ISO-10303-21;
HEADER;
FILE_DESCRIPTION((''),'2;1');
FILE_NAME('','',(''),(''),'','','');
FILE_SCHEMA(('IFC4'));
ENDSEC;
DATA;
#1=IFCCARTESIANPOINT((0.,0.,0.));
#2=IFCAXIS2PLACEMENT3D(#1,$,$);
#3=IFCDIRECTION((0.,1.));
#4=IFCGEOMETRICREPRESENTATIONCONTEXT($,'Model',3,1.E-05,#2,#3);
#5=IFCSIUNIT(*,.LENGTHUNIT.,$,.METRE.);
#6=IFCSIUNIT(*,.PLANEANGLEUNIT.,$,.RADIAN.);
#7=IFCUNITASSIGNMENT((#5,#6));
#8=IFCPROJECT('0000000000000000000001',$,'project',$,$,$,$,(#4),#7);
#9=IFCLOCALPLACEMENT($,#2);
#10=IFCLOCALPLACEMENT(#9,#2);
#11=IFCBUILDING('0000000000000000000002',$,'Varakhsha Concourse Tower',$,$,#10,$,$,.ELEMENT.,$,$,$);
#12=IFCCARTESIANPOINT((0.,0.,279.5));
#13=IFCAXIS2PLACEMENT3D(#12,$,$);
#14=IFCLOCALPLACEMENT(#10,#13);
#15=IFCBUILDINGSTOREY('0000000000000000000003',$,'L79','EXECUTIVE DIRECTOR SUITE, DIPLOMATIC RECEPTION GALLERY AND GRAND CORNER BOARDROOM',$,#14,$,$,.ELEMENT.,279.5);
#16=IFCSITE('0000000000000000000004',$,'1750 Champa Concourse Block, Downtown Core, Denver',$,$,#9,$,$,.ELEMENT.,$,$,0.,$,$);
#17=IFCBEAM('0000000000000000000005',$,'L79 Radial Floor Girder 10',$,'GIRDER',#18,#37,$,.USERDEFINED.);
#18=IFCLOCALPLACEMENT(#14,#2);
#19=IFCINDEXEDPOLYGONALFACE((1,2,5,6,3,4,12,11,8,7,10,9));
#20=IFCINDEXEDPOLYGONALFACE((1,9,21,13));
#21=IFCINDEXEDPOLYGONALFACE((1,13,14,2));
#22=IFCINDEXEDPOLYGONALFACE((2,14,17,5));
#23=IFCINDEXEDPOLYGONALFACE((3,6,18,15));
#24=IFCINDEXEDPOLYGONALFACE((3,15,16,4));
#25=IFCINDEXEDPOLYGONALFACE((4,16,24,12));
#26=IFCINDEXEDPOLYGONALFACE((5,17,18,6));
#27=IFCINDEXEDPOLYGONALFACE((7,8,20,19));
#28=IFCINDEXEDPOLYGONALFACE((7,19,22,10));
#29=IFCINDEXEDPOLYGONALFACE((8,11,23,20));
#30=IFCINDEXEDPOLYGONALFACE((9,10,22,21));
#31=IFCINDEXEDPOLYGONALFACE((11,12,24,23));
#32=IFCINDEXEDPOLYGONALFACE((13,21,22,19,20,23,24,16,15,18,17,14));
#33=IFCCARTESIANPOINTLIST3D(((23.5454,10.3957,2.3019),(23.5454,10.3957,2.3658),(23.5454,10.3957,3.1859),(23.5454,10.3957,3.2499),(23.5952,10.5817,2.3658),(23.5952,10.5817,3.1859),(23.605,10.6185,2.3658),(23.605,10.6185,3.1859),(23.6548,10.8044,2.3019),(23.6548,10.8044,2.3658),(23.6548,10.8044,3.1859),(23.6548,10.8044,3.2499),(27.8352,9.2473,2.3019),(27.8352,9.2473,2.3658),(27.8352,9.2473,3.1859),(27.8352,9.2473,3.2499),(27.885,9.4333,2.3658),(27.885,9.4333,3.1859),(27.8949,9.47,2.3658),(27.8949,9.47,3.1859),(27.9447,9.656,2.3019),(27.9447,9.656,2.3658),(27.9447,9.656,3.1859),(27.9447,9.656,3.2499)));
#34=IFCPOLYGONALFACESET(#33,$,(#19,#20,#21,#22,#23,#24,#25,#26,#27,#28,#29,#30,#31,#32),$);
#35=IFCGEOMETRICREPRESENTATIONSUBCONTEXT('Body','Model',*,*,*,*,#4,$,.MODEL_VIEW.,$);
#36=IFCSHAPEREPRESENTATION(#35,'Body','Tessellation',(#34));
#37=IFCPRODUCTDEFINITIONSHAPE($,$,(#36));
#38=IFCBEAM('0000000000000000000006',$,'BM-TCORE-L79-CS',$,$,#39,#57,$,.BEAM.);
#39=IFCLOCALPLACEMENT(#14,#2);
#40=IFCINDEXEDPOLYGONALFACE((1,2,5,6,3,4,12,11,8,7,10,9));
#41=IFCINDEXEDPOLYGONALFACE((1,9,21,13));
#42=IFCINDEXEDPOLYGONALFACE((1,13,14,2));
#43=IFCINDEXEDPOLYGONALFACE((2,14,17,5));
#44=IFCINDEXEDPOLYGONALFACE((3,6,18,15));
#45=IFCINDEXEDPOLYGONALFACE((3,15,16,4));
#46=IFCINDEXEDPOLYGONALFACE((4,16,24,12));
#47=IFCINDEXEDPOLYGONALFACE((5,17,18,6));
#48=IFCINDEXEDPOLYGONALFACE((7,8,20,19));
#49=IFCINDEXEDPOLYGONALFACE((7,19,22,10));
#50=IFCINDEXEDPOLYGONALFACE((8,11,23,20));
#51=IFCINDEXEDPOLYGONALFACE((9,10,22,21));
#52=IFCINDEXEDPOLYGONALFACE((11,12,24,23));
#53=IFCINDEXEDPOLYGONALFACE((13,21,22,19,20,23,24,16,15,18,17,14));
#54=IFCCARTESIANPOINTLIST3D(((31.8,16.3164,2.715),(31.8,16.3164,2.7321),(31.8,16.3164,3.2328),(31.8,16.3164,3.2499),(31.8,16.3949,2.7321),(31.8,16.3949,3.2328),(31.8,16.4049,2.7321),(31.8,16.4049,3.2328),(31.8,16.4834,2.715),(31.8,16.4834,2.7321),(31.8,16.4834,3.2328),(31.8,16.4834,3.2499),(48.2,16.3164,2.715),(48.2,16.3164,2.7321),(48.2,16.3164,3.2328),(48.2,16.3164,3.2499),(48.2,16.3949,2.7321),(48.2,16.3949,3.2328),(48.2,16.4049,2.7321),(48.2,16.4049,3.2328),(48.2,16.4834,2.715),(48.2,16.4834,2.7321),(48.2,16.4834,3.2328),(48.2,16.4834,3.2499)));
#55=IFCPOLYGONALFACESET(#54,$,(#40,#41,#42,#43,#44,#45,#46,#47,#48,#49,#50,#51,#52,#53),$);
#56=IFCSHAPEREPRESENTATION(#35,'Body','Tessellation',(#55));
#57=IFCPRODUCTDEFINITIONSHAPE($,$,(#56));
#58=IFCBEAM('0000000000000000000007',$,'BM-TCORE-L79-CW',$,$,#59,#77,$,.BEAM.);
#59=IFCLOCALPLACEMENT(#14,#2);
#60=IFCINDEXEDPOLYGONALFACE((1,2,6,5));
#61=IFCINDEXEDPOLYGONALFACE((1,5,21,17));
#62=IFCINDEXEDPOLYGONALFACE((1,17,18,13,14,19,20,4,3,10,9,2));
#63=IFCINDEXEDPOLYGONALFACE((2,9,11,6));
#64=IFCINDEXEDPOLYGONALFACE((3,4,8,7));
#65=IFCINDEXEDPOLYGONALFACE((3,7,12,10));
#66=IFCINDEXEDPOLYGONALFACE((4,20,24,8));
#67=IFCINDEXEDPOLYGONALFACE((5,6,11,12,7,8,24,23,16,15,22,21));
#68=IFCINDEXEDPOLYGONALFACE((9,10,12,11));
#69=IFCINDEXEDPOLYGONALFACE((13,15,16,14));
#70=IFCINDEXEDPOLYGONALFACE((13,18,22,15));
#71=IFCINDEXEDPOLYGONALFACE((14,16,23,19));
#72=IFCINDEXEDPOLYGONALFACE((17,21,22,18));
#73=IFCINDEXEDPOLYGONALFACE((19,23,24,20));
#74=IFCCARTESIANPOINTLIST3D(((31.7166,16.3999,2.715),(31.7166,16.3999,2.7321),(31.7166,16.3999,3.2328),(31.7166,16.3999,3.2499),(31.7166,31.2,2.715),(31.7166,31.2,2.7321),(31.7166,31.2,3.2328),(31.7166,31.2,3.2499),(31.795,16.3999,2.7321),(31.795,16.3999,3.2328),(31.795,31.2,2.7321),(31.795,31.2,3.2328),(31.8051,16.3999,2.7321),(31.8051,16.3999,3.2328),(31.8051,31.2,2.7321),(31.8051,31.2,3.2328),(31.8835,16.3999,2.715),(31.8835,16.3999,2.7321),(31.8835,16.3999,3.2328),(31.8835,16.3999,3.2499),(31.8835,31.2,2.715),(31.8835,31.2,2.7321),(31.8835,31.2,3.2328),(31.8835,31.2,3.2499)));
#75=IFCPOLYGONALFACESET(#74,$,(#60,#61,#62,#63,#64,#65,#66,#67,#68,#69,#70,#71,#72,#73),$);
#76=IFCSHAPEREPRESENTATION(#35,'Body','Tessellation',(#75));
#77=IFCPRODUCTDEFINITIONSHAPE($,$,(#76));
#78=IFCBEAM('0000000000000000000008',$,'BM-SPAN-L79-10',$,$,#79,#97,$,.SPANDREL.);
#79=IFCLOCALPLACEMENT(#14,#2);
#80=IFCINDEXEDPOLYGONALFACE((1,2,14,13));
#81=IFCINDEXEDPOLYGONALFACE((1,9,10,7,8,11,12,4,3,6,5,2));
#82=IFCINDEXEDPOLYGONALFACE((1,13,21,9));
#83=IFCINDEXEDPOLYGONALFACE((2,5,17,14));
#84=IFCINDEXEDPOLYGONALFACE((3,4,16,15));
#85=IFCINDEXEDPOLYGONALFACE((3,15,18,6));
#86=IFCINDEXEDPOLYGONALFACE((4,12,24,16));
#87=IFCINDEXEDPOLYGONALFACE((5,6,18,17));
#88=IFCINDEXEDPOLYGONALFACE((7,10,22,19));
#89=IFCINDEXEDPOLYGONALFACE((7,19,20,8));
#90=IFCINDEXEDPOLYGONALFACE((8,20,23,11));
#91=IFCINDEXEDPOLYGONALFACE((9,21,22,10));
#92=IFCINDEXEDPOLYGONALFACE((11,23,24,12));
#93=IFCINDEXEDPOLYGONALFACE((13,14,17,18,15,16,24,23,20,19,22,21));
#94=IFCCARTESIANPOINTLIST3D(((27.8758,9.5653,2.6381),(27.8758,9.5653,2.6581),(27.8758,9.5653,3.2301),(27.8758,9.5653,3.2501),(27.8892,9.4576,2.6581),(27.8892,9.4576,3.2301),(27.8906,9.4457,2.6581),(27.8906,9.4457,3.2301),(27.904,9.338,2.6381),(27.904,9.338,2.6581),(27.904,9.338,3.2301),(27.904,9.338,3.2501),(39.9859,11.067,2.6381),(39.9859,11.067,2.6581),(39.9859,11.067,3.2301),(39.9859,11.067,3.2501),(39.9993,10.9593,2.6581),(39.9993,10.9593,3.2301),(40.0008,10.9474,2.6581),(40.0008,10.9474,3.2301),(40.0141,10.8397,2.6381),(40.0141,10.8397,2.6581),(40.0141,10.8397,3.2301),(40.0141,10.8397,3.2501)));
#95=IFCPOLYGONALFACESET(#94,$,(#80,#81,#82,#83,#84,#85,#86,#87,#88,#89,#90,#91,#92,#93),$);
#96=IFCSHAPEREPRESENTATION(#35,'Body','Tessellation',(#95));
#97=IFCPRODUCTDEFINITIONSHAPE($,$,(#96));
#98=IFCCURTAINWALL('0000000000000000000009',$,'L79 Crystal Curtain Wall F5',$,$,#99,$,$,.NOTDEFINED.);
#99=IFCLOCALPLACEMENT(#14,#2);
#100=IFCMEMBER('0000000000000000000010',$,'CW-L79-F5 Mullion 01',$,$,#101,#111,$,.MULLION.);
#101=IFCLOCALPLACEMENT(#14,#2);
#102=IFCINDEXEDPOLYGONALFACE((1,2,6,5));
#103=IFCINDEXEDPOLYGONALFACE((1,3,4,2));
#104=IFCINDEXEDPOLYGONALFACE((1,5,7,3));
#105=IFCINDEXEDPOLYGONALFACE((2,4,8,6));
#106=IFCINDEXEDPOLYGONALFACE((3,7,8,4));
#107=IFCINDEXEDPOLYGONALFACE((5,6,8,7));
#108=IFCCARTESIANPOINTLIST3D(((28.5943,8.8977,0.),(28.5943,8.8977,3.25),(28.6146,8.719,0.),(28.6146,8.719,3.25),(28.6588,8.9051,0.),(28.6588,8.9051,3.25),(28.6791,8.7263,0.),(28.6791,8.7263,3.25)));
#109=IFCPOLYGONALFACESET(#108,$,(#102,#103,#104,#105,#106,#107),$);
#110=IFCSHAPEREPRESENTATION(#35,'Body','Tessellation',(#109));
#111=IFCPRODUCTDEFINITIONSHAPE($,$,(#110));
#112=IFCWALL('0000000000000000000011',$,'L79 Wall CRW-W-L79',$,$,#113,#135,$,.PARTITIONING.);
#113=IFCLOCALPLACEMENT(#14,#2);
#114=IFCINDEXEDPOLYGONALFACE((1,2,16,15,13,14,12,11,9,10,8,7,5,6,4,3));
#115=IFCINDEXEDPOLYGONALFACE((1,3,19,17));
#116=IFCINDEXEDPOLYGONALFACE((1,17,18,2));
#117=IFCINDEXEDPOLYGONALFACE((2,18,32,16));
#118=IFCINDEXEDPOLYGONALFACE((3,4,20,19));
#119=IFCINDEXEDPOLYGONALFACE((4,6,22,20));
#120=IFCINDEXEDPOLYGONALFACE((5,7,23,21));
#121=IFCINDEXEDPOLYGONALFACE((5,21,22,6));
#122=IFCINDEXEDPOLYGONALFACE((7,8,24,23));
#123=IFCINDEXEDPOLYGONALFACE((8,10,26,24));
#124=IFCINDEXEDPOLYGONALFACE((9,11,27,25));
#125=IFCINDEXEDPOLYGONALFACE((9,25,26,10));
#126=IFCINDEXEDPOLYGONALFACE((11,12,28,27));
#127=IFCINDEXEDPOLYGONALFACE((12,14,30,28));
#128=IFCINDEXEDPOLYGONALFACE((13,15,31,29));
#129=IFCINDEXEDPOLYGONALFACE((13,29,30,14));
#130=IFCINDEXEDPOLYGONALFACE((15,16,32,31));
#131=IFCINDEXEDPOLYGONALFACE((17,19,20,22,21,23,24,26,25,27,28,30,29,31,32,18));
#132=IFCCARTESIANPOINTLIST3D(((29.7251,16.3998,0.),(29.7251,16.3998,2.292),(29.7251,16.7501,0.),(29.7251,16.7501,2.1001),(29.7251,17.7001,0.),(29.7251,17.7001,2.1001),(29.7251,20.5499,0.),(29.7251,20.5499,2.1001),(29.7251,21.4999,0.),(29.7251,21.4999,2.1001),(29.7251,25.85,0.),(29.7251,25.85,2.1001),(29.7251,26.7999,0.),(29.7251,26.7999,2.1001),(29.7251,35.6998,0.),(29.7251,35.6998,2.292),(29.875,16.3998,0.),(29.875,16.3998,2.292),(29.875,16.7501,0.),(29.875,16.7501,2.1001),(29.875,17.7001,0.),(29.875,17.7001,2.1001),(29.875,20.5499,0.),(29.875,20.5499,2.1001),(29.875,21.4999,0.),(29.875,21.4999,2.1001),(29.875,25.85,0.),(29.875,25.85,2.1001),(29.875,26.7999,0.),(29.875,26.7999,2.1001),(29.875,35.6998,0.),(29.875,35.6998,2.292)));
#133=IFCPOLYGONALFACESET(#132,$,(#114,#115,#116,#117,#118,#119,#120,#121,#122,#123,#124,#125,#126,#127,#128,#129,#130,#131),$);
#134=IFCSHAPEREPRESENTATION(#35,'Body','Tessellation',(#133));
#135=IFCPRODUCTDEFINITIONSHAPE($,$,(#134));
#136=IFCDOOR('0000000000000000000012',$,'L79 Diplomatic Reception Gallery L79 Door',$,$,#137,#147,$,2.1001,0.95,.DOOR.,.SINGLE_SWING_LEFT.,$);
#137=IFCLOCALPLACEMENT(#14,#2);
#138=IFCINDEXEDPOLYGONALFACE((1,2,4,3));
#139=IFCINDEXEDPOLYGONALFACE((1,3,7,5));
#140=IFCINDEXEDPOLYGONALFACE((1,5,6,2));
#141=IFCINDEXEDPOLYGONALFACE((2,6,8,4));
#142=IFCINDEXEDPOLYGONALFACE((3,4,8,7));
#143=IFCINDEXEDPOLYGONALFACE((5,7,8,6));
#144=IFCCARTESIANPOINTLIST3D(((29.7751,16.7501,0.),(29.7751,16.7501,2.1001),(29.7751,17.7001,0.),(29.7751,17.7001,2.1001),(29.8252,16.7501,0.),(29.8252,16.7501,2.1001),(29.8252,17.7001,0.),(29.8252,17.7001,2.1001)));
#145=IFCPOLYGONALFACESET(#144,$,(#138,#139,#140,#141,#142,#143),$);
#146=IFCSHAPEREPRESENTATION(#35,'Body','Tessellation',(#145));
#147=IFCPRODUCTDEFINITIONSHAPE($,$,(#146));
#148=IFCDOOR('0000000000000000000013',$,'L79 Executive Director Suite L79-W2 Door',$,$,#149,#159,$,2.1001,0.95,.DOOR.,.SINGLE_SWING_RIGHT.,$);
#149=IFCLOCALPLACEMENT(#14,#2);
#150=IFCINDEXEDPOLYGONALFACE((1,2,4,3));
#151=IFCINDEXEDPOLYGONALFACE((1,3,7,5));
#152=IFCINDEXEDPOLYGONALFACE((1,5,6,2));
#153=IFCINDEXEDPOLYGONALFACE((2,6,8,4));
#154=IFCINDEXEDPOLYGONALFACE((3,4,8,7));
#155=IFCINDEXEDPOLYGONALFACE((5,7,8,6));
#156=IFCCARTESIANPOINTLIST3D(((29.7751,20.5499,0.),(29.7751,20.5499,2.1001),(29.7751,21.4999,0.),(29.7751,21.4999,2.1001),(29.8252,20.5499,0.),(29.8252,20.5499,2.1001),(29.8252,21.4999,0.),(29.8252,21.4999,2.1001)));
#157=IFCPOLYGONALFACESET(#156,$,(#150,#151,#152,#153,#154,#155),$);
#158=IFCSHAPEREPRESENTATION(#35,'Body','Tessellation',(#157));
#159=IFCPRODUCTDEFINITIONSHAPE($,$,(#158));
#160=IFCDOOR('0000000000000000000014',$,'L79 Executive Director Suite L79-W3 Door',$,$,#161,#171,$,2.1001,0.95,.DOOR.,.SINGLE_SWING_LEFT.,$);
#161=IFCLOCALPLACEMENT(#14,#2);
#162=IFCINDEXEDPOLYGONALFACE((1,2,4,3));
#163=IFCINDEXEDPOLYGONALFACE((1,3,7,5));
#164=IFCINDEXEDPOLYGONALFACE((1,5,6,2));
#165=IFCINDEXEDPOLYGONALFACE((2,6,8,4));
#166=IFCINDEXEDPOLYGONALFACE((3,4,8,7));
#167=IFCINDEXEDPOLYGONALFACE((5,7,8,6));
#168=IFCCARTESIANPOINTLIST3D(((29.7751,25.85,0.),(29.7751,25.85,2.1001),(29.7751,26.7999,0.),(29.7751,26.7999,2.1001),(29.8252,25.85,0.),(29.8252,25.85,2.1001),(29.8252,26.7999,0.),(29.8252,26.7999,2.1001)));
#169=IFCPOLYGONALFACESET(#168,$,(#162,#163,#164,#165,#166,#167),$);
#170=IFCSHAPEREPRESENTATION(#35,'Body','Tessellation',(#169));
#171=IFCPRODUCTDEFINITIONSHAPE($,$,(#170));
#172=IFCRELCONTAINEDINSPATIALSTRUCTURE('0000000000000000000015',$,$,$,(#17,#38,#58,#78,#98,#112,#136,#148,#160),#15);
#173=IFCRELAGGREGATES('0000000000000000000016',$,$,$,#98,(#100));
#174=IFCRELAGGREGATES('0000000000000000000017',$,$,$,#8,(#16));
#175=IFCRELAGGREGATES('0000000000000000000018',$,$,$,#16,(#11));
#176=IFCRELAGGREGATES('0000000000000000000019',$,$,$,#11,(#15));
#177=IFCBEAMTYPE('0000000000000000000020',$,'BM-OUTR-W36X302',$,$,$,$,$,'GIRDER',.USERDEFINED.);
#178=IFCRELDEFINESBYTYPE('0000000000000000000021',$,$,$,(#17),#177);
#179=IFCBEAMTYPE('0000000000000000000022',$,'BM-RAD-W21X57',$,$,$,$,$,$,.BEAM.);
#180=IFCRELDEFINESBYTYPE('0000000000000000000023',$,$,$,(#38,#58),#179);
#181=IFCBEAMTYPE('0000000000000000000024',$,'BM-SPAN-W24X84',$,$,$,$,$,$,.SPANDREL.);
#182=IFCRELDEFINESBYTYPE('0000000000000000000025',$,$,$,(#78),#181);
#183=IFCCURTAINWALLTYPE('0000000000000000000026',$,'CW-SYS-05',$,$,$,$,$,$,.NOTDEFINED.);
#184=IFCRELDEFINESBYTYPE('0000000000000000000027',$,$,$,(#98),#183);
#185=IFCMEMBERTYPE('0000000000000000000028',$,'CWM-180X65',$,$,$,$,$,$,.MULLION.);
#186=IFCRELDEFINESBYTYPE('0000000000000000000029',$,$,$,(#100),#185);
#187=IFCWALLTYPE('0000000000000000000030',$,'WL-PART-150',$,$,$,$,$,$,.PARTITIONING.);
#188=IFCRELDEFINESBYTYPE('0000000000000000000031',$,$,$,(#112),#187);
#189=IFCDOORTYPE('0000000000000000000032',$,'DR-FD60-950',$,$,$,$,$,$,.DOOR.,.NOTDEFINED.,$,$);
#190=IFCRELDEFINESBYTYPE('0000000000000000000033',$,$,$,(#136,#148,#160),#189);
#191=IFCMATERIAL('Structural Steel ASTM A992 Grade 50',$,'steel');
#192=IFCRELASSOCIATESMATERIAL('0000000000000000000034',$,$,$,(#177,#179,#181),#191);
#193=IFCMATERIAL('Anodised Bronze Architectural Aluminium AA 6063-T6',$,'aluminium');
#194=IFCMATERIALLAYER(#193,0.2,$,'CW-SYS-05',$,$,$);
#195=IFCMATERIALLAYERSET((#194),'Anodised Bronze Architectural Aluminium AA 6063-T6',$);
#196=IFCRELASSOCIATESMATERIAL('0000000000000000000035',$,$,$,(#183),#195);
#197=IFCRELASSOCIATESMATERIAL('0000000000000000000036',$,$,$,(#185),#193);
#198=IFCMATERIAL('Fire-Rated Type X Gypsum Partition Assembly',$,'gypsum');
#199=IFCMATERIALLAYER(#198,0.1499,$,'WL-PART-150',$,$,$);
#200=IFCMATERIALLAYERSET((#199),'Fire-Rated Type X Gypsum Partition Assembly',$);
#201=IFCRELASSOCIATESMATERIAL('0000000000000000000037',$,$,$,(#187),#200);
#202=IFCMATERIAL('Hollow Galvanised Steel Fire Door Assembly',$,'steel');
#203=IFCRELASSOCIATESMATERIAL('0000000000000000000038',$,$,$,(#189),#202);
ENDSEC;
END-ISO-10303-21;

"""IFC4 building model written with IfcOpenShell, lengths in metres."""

from ifc_helpers import new_model, si_unit, direction, frame, frame_2d, origin, origin_2d, place, context, subcontext, project, spatial, rectangle, i_section, extrude, source, transform, mapped, material, layer, layer_set, material_profile, profile_set, type_object, type_shapes, element, fill, aggregate, save


model = new_model("IFC4")

# Units and contexts
model_context = context("Model", 3, precision=1e-05, world=origin(), true_north=direction((0.0, 1.0)))
body_context = subcontext(model_context, "Body", "Model", "MODEL_VIEW")
ifc_project = project(units=[si_unit("LENGTHUNIT", "METRE"), si_unit("PLANEANGLEUNIT", "RADIAN")], contexts=[model_context])

# Site, building, storey
site_placement = place(None, origin())
site = spatial("IfcSite", under=ifc_project, at=site_placement, Name="1750 Champa Concourse Block, Downtown Core, Denver", CompositionType="ELEMENT", RefElevation=0.0)
building_placement = place(site_placement, origin())
building = spatial("IfcBuilding", under=site, at=building_placement, Name="Varakhsha Concourse Tower", CompositionType="ELEMENT")
storey_placement = place(building_placement, frame((0.0, 0.0, 279.5)))
storey = spatial("IfcBuildingStorey", under=building, at=storey_placement, Name="L79", Description="EXECUTIVE DIRECTOR SUITE, DIPLOMATIC RECEPTION GALLERY AND GRAND CORNER BOARDROOM", CompositionType="ELEMENT", Elevation=279.5)

# Shared definitions
ifc_material_1 = material(Name="Structural Steel ASTM A992 Grade 50", Category="steel")

# Beams
ifc_material_profile_1 = material_profile(ifc_material_1, i_section(OverallWidth=0.4231, OverallDepth=0.948, WebThickness=0.0381, FlangeThickness=0.064, at=origin_2d()), Name="W36X302")
ifc_profile_set_1 = profile_set([ifc_material_profile_1], Name="Structural Steel ASTM A992 Grade 50")
beam_type_1 = type_object("IfcBeamType", Name="BM-OUTR-W36X302", ElementType="GIRDER", PredefinedType="USERDEFINED", material=ifc_profile_set_1)
beam_1_placement = place(storey_placement, frame((23.6001, 10.6001, 2.7759), z_axis=(0.965983, -0.258607, 0.0), x_axis=(0.258607, 0.965983, 0.0)))
element("IfcBeam", 1, at=beam_1_placement, inside=storey, type_object=beam_type_1, Name="L79 Radial Floor Girder 10", ObjectType="GIRDER", PredefinedType="USERDEFINED", context=body_context, shape_type="SweptSolid", body=[
    extrude(i_section(OverallWidth=0.4231, OverallDepth=0.948, WebThickness=0.0381, FlangeThickness=0.064, at=origin_2d()), origin(), (0.0, 0.0, 1.0), 4.4409),
])
ifc_material_profile_2 = material_profile(ifc_material_1, i_section(OverallWidth=0.167, OverallDepth=0.5349, WebThickness=0.01, FlangeThickness=0.0171, at=origin_2d()), Name="W21X57")
ifc_profile_set_2 = profile_set([ifc_material_profile_2], Name="Structural Steel ASTM A992 Grade 50")
beam_type_2 = type_object("IfcBeamType", Name="BM-RAD-W21X57", PredefinedType="BEAM", material=ifc_profile_set_2)
beam_2_placement = place(storey_placement, frame((31.8, 16.3999, 2.9824), z_axis=(1.0, 0.0, 0.0), x_axis=(0.0, 1.0, 0.0)))
element("IfcBeam", 2, at=beam_2_placement, inside=storey, type_object=beam_type_2, Name="BM-TCORE-L79-CS", PredefinedType="BEAM", context=body_context, shape_type="SweptSolid", body=[
    extrude(i_section(OverallWidth=0.167, OverallDepth=0.5349, WebThickness=0.01, FlangeThickness=0.0171, at=origin_2d()), origin(), (0.0, 0.0, 1.0), 16.3999),
])
beam_3_placement = place(storey_placement, frame((31.8, 16.3999, 2.9824), z_axis=(0.0, 1.0, 0.0), x_axis=(-1.0, 0.0, 0.0)))
element("IfcBeam", 3, at=beam_3_placement, inside=storey, type_object=beam_type_2, Name="BM-TCORE-L79-CW", PredefinedType="BEAM", context=body_context, shape_type="SweptSolid", body=[
    extrude(i_section(OverallWidth=0.167, OverallDepth=0.5349, WebThickness=0.01, FlangeThickness=0.0171, at=origin_2d()), origin(), (0.0, 0.0, 1.0), 14.8),
])
ifc_material_profile_3 = material_profile(ifc_material_1, i_section(OverallWidth=0.229, OverallDepth=0.6121, WebThickness=0.012, FlangeThickness=0.02, at=origin_2d()), Name="W24X84")
ifc_profile_set_3 = profile_set([ifc_material_profile_3], Name="Structural Steel ASTM A992 Grade 50")
beam_type_3 = type_object("IfcBeamType", Name="BM-SPAN-W24X84", PredefinedType="SPANDREL", material=ifc_profile_set_3)
beam_4_placement = place(storey_placement, frame((27.8899, 9.4517, 2.9441), z_axis=(0.992399, 0.123062, 0.0), x_axis=(-0.123062, 0.992399, 0.0)))
element("IfcBeam", 4, at=beam_4_placement, inside=storey, type_object=beam_type_3, Name="BM-SPAN-L79-10", PredefinedType="SPANDREL", context=body_context, shape_type="SweptSolid", body=[
    extrude(i_section(OverallWidth=0.229, OverallDepth=0.6121, WebThickness=0.012, FlangeThickness=0.02, at=origin_2d()), origin(), (0.0, 0.0, 1.0), 12.2029),
])

# Curtain wall, member
ifc_material_2 = material(Name="Anodised Bronze Architectural Aluminium AA 6063-T6", Category="aluminium")
ifc_layer_1 = layer(ifc_material_2, 0.2, Name="CW-SYS-05")
ifc_layer_set_1 = layer_set([ifc_layer_1], Name="Anodised Bronze Architectural Aluminium AA 6063-T6")
curtain_wall_type = type_object("IfcCurtainWallType", Name="CW-SYS-05", PredefinedType="NOTDEFINED", material=ifc_layer_set_1)
curtain_wall_placement = place(storey_placement, origin())
curtain_wall = element("IfcCurtainWall", 5, at=curtain_wall_placement, inside=storey, type_object=curtain_wall_type, Name="L79 Crystal Curtain Wall F5", PredefinedType="NOTDEFINED")
ifc_material_profile_4 = material_profile(ifc_material_2, rectangle(XDim=0.0649, YDim=0.1799, at=origin_2d()), Name="CWM-180X65")
ifc_profile_set_4 = profile_set([ifc_material_profile_4], Name="Anodised Bronze Architectural Aluminium AA 6063-T6")
member_type = type_object("IfcMemberType", Name="CWM-180X65", PredefinedType="MULLION", material=ifc_profile_set_4)
shared_shape = source(origin(), body_context, "Body", "SweptSolid", [
    extrude(rectangle(XDim=0.0649, YDim=0.1799, at=origin_2d()), origin(), (0.0, 0.0, 1.0), 3.25),
])
type_shapes(member_type, [shared_shape])
member_placement = place(storey_placement, frame((28.6367, 8.812, 0.0), z_axis=(0.0, 0.0, 1.0), x_axis=(-0.993613, -0.112844, 0.0)))
member = element("IfcMember", 6, at=member_placement, type_object=member_type, Name="CW-L79-F5 Mullion 01", PredefinedType="MULLION", context=body_context, shape_type="MappedRepresentation", body=[
    mapped(shared_shape, transform((0.0, 0.0, 0.0), scale=1.0)),
])
aggregate(curtain_wall, [member])

# Wall, openings, doors
ifc_material_3 = material(Name="Fire-Rated Type X Gypsum Partition Assembly", Category="gypsum")
ifc_layer_2 = layer(ifc_material_3, 0.1499, Name="WL-PART-150")
ifc_layer_set_2 = layer_set([ifc_layer_2], Name="Fire-Rated Type X Gypsum Partition Assembly")
wall_type = type_object("IfcWallType", Name="WL-PART-150", PredefinedType="PARTITIONING", material=ifc_layer_set_2)
wall_1_placement = place(storey_placement, frame((29.8, 16.3999, 0.0), z_axis=(0.0, 0.0, 1.0), x_axis=(0.0, 1.0, 0.0)))
wall_1 = element("IfcWall", 7, at=wall_1_placement, inside=storey, type_object=wall_type, Name="L79 Wall CRW-W-L79", PredefinedType="PARTITIONING", context=body_context, shape_type="SweptSolid", body=[
    extrude(rectangle(XDim=19.3, YDim=0.1499, at=frame_2d((9.6499, 0.0))), origin(), (0.0, 0.0, 1.0), 2.292),
])
opening_1_placement = place(wall_1_placement, frame((0.3501, 0.0, 0.0)))
opening_1 = element("IfcOpeningElement", 8, at=opening_1_placement, cuts=wall_1, PredefinedType="OPENING", context=body_context, shape_type="SweptSolid", body=[
    extrude(rectangle(XDim=0.95, YDim=2.1001, at=frame_2d((0.4751, 1.05))), frame((0.0, 0.085, 0.0), z_axis=(0.0, -1.0, 0.0), x_axis=(1.0, 0.0, 0.0)), (0.0, 0.0, 1.0), 0.1699),
])
opening_2_placement = place(wall_1_placement, frame((4.1499, 0.0, 0.0)))
opening_2 = element("IfcOpeningElement", 9, at=opening_2_placement, cuts=wall_1, PredefinedType="OPENING", context=body_context, shape_type="SweptSolid", body=[
    extrude(rectangle(XDim=0.95, YDim=2.1001, at=frame_2d((0.4751, 1.05))), frame((0.0, 0.085, 0.0), z_axis=(0.0, -1.0, 0.0), x_axis=(1.0, 0.0, 0.0)), (0.0, 0.0, 1.0), 0.1699),
])
opening_3_placement = place(wall_1_placement, frame((9.45, 0.0, 0.0)))
opening_3 = element("IfcOpeningElement", 10, at=opening_3_placement, cuts=wall_1, PredefinedType="OPENING", context=body_context, shape_type="SweptSolid", body=[
    extrude(rectangle(XDim=0.95, YDim=2.1001, at=frame_2d((0.4751, 1.05))), frame((0.0, 0.085, 0.0), z_axis=(0.0, -1.0, 0.0), x_axis=(1.0, 0.0, 0.0)), (0.0, 0.0, 1.0), 0.1699),
])
ifc_material_4 = material(Name="Hollow Galvanised Steel Fire Door Assembly", Category="steel")
door_type = type_object("IfcDoorType", Name="DR-FD60-950", OperationType="NOTDEFINED", PredefinedType="DOOR", material=ifc_material_4)
door_1_placement = place(opening_1_placement, origin())
door_1 = element("IfcDoor", 11, at=door_1_placement, inside=storey, type_object=door_type, Name="L79 Diplomatic Reception Gallery L79 Door", OperationType="SINGLE_SWING_LEFT", OverallHeight=2.1001, OverallWidth=0.95, PredefinedType="DOOR", context=body_context, shape_type="SweptSolid", body=[
    extrude(rectangle(XDim=0.95, YDim=2.1001, at=frame_2d((0.4751, 1.05))), frame((0.0, 0.0249, 0.0), z_axis=(0.0, -1.0, 0.0), x_axis=(1.0, 0.0, 0.0)), (0.0, 0.0, 1.0), 0.05),
])
fill(opening_1, door_1)
door_2_placement = place(opening_2_placement, origin())
door_2 = element("IfcDoor", 12, at=door_2_placement, inside=storey, type_object=door_type, Name="L79 Executive Director Suite L79-W2 Door", OperationType="SINGLE_SWING_RIGHT", OverallHeight=2.1001, OverallWidth=0.95, PredefinedType="DOOR", context=body_context, shape_type="SweptSolid", body=[
    extrude(rectangle(XDim=0.95, YDim=2.1001, at=frame_2d((0.4751, 1.05))), frame((0.0, 0.0249, 0.0), z_axis=(0.0, -1.0, 0.0), x_axis=(1.0, 0.0, 0.0)), (0.0, 0.0, 1.0), 0.05),
])
fill(opening_2, door_2)
door_3_placement = place(opening_3_placement, origin())
door_3 = element("IfcDoor", 13, at=door_3_placement, inside=storey, type_object=door_type, Name="L79 Executive Director Suite L79-W3 Door", OperationType="SINGLE_SWING_LEFT", OverallHeight=2.1001, OverallWidth=0.95, PredefinedType="DOOR", context=body_context, shape_type="SweptSolid", body=[
    extrude(rectangle(XDim=0.95, YDim=2.1001, at=frame_2d((0.4751, 1.05))), frame((0.0, 0.0249, 0.0), z_axis=(0.0, -1.0, 0.0), x_axis=(1.0, 0.0, 0.0)), (0.0, 0.0, 1.0), 0.05),
])
fill(opening_3, door_3)

save(model, "model.ifc")
